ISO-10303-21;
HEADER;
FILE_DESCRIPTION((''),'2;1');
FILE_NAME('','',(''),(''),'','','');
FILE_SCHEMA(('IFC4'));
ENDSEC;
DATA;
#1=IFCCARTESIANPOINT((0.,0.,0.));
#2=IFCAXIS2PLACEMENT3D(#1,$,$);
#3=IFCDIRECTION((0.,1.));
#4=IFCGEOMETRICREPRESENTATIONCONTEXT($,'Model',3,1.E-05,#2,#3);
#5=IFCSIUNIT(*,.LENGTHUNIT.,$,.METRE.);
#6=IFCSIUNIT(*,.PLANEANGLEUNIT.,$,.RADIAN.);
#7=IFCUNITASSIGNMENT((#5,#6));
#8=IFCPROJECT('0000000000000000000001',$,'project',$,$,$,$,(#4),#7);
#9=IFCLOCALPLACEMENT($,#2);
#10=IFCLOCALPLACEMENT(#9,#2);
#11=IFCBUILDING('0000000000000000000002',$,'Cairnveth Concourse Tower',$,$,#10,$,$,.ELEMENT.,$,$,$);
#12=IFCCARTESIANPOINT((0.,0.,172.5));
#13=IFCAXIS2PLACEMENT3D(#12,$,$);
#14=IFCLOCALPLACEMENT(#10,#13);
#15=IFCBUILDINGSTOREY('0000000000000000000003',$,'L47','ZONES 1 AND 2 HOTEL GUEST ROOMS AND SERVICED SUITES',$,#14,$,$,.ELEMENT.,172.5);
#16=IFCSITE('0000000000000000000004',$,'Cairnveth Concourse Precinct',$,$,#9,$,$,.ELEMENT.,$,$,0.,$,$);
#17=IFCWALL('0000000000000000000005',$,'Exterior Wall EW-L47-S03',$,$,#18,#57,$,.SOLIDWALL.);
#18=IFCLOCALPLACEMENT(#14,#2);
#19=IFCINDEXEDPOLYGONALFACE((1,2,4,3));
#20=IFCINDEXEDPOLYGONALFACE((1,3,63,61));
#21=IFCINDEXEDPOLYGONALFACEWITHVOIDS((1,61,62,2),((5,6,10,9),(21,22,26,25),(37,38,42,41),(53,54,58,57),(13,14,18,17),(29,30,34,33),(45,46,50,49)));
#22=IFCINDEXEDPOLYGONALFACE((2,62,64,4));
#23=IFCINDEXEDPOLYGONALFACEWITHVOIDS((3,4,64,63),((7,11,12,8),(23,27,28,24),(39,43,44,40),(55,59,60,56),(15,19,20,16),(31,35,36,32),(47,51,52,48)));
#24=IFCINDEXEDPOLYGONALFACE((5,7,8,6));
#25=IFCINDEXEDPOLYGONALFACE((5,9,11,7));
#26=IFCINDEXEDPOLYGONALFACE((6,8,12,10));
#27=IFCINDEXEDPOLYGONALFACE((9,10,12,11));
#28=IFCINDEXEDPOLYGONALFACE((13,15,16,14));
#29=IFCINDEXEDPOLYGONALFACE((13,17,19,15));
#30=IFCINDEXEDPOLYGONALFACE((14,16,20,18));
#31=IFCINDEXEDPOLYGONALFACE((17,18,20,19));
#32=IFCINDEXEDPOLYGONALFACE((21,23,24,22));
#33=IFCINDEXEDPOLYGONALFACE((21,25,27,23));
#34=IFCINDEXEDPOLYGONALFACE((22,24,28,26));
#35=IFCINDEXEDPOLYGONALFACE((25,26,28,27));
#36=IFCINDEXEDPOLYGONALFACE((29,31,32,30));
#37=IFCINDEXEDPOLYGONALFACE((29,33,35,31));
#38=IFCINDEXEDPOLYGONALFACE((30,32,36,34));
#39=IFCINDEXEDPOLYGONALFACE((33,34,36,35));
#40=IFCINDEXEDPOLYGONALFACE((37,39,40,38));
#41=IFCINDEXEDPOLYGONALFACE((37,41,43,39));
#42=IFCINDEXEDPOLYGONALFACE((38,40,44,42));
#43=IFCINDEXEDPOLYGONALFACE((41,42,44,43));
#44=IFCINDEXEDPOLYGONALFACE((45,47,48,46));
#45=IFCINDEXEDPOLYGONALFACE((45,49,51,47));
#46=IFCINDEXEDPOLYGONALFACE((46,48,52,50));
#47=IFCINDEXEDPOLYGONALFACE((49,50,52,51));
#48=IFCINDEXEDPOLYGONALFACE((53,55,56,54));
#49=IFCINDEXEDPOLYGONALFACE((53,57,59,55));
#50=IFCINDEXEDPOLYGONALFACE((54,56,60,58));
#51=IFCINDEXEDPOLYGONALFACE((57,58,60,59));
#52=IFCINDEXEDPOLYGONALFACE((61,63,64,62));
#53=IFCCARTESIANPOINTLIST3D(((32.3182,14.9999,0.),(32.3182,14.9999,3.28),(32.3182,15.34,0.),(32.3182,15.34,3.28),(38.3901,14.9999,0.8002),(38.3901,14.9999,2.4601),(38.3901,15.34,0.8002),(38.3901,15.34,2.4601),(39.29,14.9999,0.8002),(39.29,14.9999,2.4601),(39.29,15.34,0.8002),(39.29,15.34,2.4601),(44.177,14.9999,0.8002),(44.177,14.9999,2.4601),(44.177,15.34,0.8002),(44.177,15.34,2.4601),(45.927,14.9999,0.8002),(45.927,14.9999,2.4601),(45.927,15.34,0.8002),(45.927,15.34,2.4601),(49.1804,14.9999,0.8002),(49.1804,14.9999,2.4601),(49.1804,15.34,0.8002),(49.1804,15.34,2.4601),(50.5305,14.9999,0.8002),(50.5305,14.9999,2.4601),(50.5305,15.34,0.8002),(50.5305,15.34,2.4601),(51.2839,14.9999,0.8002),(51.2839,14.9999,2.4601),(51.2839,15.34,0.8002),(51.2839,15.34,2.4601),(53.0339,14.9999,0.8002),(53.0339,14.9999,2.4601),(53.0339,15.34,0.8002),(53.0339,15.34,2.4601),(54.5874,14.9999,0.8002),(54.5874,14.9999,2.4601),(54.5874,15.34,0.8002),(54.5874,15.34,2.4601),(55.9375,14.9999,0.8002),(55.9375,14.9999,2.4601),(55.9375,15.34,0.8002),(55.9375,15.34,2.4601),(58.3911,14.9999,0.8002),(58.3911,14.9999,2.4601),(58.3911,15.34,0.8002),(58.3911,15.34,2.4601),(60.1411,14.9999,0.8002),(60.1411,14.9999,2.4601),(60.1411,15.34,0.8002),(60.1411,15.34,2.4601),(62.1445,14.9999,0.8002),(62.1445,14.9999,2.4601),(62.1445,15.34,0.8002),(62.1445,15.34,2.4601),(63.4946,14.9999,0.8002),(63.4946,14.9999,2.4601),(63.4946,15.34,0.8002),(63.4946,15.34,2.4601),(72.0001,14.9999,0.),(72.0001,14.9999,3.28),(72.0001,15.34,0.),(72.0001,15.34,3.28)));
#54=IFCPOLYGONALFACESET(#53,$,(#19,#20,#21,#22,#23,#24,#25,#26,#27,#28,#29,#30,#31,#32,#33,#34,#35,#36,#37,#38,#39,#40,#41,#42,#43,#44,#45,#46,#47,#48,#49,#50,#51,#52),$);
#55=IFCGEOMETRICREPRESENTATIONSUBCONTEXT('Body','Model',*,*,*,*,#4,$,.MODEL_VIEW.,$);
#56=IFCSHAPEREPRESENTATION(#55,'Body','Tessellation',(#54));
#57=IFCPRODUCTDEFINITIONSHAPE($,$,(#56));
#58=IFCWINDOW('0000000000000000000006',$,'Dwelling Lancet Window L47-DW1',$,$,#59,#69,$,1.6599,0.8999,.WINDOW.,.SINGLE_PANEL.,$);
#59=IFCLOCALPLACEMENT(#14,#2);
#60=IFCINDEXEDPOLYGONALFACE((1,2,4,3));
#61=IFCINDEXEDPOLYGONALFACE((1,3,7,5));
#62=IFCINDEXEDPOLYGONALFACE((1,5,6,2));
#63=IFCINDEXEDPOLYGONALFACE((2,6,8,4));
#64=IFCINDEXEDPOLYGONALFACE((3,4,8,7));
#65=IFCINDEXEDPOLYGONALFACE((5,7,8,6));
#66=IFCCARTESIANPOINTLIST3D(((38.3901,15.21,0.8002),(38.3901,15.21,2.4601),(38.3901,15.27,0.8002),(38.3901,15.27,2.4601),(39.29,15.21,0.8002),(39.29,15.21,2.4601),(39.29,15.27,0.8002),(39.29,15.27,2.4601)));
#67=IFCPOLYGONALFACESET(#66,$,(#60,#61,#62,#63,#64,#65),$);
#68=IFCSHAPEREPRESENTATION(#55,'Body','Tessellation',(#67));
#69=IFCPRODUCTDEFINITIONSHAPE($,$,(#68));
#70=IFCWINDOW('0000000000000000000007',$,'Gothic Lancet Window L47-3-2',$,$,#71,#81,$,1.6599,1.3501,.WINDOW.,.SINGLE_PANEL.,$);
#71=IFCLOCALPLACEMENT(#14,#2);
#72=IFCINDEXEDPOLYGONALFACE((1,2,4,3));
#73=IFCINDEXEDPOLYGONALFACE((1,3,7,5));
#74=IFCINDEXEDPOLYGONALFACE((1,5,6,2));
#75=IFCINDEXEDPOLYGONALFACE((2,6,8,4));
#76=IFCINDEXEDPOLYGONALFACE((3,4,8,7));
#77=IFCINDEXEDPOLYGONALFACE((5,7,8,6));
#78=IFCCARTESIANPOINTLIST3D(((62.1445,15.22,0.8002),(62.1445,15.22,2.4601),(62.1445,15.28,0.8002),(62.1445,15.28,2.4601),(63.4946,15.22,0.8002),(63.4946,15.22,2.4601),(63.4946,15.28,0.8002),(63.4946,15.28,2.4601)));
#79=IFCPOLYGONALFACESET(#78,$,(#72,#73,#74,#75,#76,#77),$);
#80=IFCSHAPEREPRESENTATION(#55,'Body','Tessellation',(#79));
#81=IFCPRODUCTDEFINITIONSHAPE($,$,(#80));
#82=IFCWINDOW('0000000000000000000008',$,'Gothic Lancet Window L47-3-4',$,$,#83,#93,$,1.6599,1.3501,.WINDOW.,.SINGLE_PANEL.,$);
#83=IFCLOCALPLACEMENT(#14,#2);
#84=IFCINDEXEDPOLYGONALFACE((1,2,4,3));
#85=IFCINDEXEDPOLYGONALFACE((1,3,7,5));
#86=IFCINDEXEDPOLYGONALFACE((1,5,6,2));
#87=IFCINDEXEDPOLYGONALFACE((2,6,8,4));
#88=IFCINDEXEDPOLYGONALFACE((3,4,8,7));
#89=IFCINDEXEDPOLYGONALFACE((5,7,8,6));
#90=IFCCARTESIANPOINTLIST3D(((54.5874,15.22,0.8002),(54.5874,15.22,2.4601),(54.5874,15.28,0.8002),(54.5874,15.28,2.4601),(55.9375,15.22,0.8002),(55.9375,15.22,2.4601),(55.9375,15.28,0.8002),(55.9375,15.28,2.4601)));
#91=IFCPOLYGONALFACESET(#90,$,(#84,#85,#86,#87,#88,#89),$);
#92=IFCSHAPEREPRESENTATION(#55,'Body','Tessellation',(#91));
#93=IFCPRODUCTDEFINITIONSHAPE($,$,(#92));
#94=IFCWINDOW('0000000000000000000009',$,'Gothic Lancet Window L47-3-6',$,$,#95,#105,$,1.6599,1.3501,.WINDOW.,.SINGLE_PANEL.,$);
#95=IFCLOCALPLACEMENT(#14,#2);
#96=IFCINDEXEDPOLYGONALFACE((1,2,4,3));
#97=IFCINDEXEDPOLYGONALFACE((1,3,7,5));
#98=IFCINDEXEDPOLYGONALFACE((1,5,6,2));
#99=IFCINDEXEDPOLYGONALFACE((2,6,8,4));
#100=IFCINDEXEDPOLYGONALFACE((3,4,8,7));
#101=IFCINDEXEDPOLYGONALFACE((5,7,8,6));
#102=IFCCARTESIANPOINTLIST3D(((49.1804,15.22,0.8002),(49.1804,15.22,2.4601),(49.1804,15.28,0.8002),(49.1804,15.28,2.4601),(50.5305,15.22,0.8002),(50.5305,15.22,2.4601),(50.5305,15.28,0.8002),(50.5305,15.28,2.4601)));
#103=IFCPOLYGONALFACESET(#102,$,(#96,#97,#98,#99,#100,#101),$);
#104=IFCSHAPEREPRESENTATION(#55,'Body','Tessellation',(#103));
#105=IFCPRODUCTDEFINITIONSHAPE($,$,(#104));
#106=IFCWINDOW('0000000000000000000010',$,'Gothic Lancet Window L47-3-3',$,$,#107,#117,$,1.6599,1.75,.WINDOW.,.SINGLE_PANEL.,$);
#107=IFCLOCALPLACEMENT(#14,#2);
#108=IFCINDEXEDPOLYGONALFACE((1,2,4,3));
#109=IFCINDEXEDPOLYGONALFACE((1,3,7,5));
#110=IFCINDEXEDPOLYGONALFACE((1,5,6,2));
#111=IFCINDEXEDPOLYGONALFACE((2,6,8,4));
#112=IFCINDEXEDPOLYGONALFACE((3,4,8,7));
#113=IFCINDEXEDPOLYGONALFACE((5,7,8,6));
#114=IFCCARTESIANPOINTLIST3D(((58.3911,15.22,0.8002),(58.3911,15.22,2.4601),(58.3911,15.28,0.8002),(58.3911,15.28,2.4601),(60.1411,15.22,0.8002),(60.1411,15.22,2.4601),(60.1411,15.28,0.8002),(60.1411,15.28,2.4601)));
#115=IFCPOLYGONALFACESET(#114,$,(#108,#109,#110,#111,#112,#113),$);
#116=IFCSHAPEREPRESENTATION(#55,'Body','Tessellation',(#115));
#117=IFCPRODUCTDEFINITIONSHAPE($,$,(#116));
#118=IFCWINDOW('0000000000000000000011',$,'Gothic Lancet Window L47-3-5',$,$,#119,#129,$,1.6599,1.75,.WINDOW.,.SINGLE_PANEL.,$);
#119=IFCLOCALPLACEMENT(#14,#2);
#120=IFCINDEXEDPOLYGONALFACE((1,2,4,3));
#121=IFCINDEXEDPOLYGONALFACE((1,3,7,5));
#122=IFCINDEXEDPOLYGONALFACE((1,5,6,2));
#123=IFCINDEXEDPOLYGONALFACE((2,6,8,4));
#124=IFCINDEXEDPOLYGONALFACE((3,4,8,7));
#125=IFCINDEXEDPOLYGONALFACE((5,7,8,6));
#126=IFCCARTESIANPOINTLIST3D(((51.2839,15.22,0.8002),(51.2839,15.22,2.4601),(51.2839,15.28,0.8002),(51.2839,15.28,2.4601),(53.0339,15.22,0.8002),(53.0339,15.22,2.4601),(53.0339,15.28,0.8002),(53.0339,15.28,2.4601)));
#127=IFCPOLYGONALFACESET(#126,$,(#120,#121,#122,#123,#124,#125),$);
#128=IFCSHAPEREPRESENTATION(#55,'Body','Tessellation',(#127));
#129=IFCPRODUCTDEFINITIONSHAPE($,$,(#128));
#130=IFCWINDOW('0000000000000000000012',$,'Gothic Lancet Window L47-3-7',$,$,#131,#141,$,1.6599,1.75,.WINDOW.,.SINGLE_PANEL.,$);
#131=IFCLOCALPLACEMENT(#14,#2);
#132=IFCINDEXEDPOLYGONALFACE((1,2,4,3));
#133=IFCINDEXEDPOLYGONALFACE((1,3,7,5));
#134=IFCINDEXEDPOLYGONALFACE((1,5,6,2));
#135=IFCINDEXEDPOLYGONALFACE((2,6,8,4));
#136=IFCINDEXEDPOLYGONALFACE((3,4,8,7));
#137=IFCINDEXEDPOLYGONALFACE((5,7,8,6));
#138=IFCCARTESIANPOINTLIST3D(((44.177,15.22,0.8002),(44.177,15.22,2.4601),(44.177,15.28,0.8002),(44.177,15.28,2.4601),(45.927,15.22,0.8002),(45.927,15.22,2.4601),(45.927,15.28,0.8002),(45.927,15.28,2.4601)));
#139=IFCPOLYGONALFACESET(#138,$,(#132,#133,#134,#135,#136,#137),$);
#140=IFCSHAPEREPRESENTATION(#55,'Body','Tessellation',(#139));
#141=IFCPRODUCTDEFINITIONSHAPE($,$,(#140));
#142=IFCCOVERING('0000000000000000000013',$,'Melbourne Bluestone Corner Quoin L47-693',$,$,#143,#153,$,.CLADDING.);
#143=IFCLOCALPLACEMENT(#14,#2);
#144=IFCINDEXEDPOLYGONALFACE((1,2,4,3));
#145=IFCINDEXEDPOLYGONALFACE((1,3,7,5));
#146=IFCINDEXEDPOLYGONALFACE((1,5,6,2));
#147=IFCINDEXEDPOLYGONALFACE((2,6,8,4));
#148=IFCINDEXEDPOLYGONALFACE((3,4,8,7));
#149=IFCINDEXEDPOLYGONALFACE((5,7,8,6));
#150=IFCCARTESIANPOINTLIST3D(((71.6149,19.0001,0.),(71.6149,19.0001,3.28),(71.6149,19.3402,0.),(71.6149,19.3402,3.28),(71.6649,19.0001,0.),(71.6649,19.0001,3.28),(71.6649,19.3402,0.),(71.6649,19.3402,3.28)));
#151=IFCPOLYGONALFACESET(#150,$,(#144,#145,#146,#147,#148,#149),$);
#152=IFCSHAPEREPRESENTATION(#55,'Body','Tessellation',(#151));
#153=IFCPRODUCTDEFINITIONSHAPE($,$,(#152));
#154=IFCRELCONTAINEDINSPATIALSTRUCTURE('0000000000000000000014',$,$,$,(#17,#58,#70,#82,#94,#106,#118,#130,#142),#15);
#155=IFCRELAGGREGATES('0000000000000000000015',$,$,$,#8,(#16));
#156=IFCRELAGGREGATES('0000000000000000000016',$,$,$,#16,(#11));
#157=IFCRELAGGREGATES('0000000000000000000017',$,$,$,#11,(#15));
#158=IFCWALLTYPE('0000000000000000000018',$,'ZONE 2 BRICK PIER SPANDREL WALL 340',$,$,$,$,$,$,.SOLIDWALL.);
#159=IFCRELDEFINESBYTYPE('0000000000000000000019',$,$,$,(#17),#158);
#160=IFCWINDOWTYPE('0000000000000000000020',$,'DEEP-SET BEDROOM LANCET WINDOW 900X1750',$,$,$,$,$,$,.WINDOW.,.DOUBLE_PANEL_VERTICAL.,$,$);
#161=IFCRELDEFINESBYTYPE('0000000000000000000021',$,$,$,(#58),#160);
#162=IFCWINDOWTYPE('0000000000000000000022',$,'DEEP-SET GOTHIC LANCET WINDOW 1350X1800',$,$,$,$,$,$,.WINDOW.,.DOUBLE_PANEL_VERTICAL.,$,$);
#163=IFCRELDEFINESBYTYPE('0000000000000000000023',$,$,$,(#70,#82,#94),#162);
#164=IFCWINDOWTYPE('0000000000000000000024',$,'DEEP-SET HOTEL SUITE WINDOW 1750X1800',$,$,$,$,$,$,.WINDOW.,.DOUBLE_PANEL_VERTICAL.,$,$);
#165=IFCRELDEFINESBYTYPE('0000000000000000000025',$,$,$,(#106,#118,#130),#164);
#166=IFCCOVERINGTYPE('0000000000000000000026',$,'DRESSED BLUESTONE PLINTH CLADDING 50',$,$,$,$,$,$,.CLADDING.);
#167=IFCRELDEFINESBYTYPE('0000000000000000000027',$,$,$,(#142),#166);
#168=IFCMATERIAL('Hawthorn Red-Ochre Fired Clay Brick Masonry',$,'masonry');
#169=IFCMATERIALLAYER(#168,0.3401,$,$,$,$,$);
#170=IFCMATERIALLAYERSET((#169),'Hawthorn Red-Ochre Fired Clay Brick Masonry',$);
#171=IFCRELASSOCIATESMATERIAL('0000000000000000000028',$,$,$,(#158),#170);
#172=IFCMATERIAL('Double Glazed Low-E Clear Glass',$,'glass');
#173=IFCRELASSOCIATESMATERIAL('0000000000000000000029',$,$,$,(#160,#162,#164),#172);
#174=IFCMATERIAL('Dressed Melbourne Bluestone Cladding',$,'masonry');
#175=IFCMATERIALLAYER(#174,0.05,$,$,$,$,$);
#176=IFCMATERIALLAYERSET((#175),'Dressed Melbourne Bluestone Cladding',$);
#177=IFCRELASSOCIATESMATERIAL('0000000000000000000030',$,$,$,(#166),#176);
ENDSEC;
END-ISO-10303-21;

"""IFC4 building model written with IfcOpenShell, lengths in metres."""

from ifc_helpers import new_model, si_unit, direction, frame, frame_2d, origin, place, context, subcontext, project, spatial, rectangle, extrude, material, layer, layer_set, type_object, element, fill, save


model = new_model("IFC4")

# Units and contexts
model_context = context("Model", 3, precision=1e-05, world=origin(), true_north=direction((0.0, 1.0)))
body_context = subcontext(model_context, "Body", "Model", "MODEL_VIEW")
ifc_project = project(units=[si_unit("LENGTHUNIT", "METRE"), si_unit("PLANEANGLEUNIT", "RADIAN")], contexts=[model_context])

# Site, building, storey
site_placement = place(None, origin())
site = spatial("IfcSite", under=ifc_project, at=site_placement, Name="Cairnveth Concourse Precinct", CompositionType="ELEMENT", RefElevation=0.0)
building_placement = place(site_placement, origin())
building = spatial("IfcBuilding", under=site, at=building_placement, Name="Cairnveth Concourse Tower", CompositionType="ELEMENT")
storey_placement = place(building_placement, frame((0.0, 0.0, 172.5)))
storey = spatial("IfcBuildingStorey", under=building, at=storey_placement, Name="L47", Description="ZONES 1 AND 2 HOTEL GUEST ROOMS AND SERVICED SUITES", CompositionType="ELEMENT", Elevation=172.5)

# Shared definitions
ifc_material_1 = material(Name="Hawthorn Red-Ochre Fired Clay Brick Masonry", Category="masonry")
ifc_layer_1 = layer(ifc_material_1, 0.3401)
ifc_layer_set_1 = layer_set([ifc_layer_1], Name="Hawthorn Red-Ochre Fired Clay Brick Masonry")
wall_type = type_object("IfcWallType", Name="ZONE 2 BRICK PIER SPANDREL WALL 340", PredefinedType="SOLIDWALL", material=ifc_layer_set_1)

# Wall, openings, windows
wall_1_placement = place(storey_placement, frame((72.0, 15.1699, 0.0), z_axis=(0.0, 0.0, 1.0), x_axis=(-1.0, 0.0, 0.0)))
wall_1 = element("IfcWall", 1, at=wall_1_placement, inside=storey, type_object=wall_type, Name="Exterior Wall EW-L47-S03", PredefinedType="SOLIDWALL", context=body_context, shape_type="SweptSolid", body=[
    extrude(rectangle(XDim=39.6819, YDim=0.3401, at=frame_2d((19.8408, 0.0))), origin(), (0.0, 0.0, 1.0), 3.28),
])
opening_1_placement = place(wall_1_placement, frame((8.5054, 0.0, 0.8)))
opening_1 = element("IfcOpeningElement", 2, at=opening_1_placement, cuts=wall_1, PredefinedType="OPENING", context=body_context, shape_type="SweptSolid", body=[
    extrude(rectangle(XDim=1.3501, YDim=1.6599, at=frame_2d((0.675, 0.8301))), frame((0.0, 0.1799, 0.0), z_axis=(0.0, -1.0, 0.0), x_axis=(1.0, 0.0, 0.0)), (0.0, 0.0, 1.0), 0.3601),
])
opening_2_placement = place(wall_1_placement, frame((11.8589, 0.0, 0.8)))
opening_2 = element("IfcOpeningElement", 3, at=opening_2_placement, cuts=wall_1, PredefinedType="OPENING", context=body_context, shape_type="SweptSolid", body=[
    extrude(rectangle(XDim=1.75, YDim=1.6599, at=frame_2d((0.875, 0.8301))), frame((0.0, 0.1799, 0.0), z_axis=(0.0, -1.0, 0.0), x_axis=(1.0, 0.0, 0.0)), (0.0, 0.0, 1.0), 0.3601),
])
opening_3_placement = place(wall_1_placement, frame((16.0625, 0.0, 0.8)))
opening_3 = element("IfcOpeningElement", 4, at=opening_3_placement, cuts=wall_1, PredefinedType="OPENING", context=body_context, shape_type="SweptSolid", body=[
    extrude(rectangle(XDim=1.3501, YDim=1.6599, at=frame_2d((0.675, 0.8301))), frame((0.0, 0.1799, 0.0), z_axis=(0.0, -1.0, 0.0), x_axis=(1.0, 0.0, 0.0)), (0.0, 0.0, 1.0), 0.3601),
])
opening_4_placement = place(wall_1_placement, frame((18.9661, 0.0, 0.8)))
opening_4 = element("IfcOpeningElement", 5, at=opening_4_placement, cuts=wall_1, PredefinedType="OPENING", context=body_context, shape_type="SweptSolid", body=[
    extrude(rectangle(XDim=1.75, YDim=1.6599, at=frame_2d((0.875, 0.8301))), frame((0.0, 0.1799, 0.0), z_axis=(0.0, -1.0, 0.0), x_axis=(1.0, 0.0, 0.0)), (0.0, 0.0, 1.0), 0.3601),
])
opening_5_placement = place(wall_1_placement, frame((21.4695, 0.0, 0.8)))
opening_5 = element("IfcOpeningElement", 6, at=opening_5_placement, cuts=wall_1, PredefinedType="OPENING", context=body_context, shape_type="SweptSolid", body=[
    extrude(rectangle(XDim=1.3501, YDim=1.6599, at=frame_2d((0.675, 0.8301))), frame((0.0, 0.1799, 0.0), z_axis=(0.0, -1.0, 0.0), x_axis=(1.0, 0.0, 0.0)), (0.0, 0.0, 1.0), 0.3601),
])
opening_6_placement = place(wall_1_placement, frame((26.073, 0.0, 0.8)))
opening_6 = element("IfcOpeningElement", 7, at=opening_6_placement, cuts=wall_1, PredefinedType="OPENING", context=body_context, shape_type="SweptSolid", body=[
    extrude(rectangle(XDim=1.75, YDim=1.6599, at=frame_2d((0.875, 0.8301))), frame((0.0, 0.1799, 0.0), z_axis=(0.0, -1.0, 0.0), x_axis=(1.0, 0.0, 0.0)), (0.0, 0.0, 1.0), 0.3601),
])
opening_7_placement = place(wall_1_placement, frame((32.71, 0.0, 0.8)))
opening_7 = element("IfcOpeningElement", 8, at=opening_7_placement, cuts=wall_1, PredefinedType="OPENING", context=body_context, shape_type="SweptSolid", body=[
    extrude(rectangle(XDim=0.8999, YDim=1.6599, at=frame_2d((0.45, 0.8301))), frame((0.0, 0.1799, 0.0), z_axis=(0.0, -1.0, 0.0), x_axis=(1.0, 0.0, 0.0)), (0.0, 0.0, 1.0), 0.3601),
])
ifc_material_2 = material(Name="Double Glazed Low-E Clear Glass", Category="glass")
window_type_1 = type_object("IfcWindowType", Name="DEEP-SET BEDROOM LANCET WINDOW 900X1750", PartitioningType="DOUBLE_PANEL_VERTICAL", PredefinedType="WINDOW", material=ifc_material_2)
window_1_placement = place(opening_7_placement, origin())
window_1 = element("IfcWindow", 9, at=window_1_placement, inside=storey, type_object=window_type_1, Name="Dwelling Lancet Window L47-DW1", OverallHeight=1.6599, OverallWidth=0.8999, PartitioningType="SINGLE_PANEL", PredefinedType="WINDOW", context=body_context, shape_type="SweptSolid", body=[
    extrude(rectangle(XDim=0.8999, YDim=1.6599, at=frame_2d((0.45, 0.8301))), frame((0.0, -0.04, 0.0), z_axis=(0.0, -1.0, 0.0), x_axis=(1.0, 0.0, 0.0)), (0.0, 0.0, 1.0), 0.0601),
])
fill(opening_7, window_1)
window_type_2 = type_object("IfcWindowType", Name="DEEP-SET GOTHIC LANCET WINDOW 1350X1800", PartitioningType="DOUBLE_PANEL_VERTICAL", PredefinedType="WINDOW", material=ifc_material_2)
window_2_placement = place(opening_1_placement, origin())
window_2 = element("IfcWindow", 10, at=window_2_placement, inside=storey, type_object=window_type_2, Name="Gothic Lancet Window L47-3-2", OverallHeight=1.6599, OverallWidth=1.3501, PartitioningType="SINGLE_PANEL", PredefinedType="WINDOW", context=body_context, shape_type="SweptSolid", body=[
    extrude(rectangle(XDim=1.3501, YDim=1.6599, at=frame_2d((0.675, 0.8301))), frame((0.0, -0.05, 0.0), z_axis=(0.0, -1.0, 0.0), x_axis=(1.0, 0.0, 0.0)), (0.0, 0.0, 1.0), 0.0601),
])
fill(opening_1, window_2)
window_3_placement = place(opening_3_placement, origin())
window_3 = element("IfcWindow", 11, at=window_3_placement, inside=storey, type_object=window_type_2, Name="Gothic Lancet Window L47-3-4", OverallHeight=1.6599, OverallWidth=1.3501, PartitioningType="SINGLE_PANEL", PredefinedType="WINDOW", context=body_context, shape_type="SweptSolid", body=[
    extrude(rectangle(XDim=1.3501, YDim=1.6599, at=frame_2d((0.675, 0.8301))), frame((0.0, -0.05, 0.0), z_axis=(0.0, -1.0, 0.0), x_axis=(1.0, 0.0, 0.0)), (0.0, 0.0, 1.0), 0.0601),
])
fill(opening_3, window_3)
window_4_placement = place(opening_5_placement, origin())
window_4 = element("IfcWindow", 12, at=window_4_placement, inside=storey, type_object=window_type_2, Name="Gothic Lancet Window L47-3-6", OverallHeight=1.6599, OverallWidth=1.3501, PartitioningType="SINGLE_PANEL", PredefinedType="WINDOW", context=body_context, shape_type="SweptSolid", body=[
    extrude(rectangle(XDim=1.3501, YDim=1.6599, at=frame_2d((0.675, 0.8301))), frame((0.0, -0.05, 0.0), z_axis=(0.0, -1.0, 0.0), x_axis=(1.0, 0.0, 0.0)), (0.0, 0.0, 1.0), 0.0601),
])
fill(opening_5, window_4)
window_type_3 = type_object("IfcWindowType", Name="DEEP-SET HOTEL SUITE WINDOW 1750X1800", PartitioningType="DOUBLE_PANEL_VERTICAL", PredefinedType="WINDOW", material=ifc_material_2)
window_5_placement = place(opening_2_placement, origin())
window_5 = element("IfcWindow", 13, at=window_5_placement, inside=storey, type_object=window_type_3, Name="Gothic Lancet Window L47-3-3", OverallHeight=1.6599, OverallWidth=1.75, PartitioningType="SINGLE_PANEL", PredefinedType="WINDOW", context=body_context, shape_type="SweptSolid", body=[
    extrude(rectangle(XDim=1.75, YDim=1.6599, at=frame_2d((0.875, 0.8301))), frame((0.0, -0.05, 0.0), z_axis=(0.0, -1.0, 0.0), x_axis=(1.0, 0.0, 0.0)), (0.0, 0.0, 1.0), 0.0601),
])
fill(opening_2, window_5)
window_6_placement = place(opening_4_placement, origin())
window_6 = element("IfcWindow", 14, at=window_6_placement, inside=storey, type_object=window_type_3, Name="Gothic Lancet Window L47-3-5", OverallHeight=1.6599, OverallWidth=1.75, PartitioningType="SINGLE_PANEL", PredefinedType="WINDOW", context=body_context, shape_type="SweptSolid", body=[
    extrude(rectangle(XDim=1.75, YDim=1.6599, at=frame_2d((0.875, 0.8301))), frame((0.0, -0.05, 0.0), z_axis=(0.0, -1.0, 0.0), x_axis=(1.0, 0.0, 0.0)), (0.0, 0.0, 1.0), 0.0601),
])
fill(opening_4, window_6)
window_7_placement = place(opening_6_placement, origin())
window_7 = element("IfcWindow", 15, at=window_7_placement, inside=storey, type_object=window_type_3, Name="Gothic Lancet Window L47-3-7", OverallHeight=1.6599, OverallWidth=1.75, PartitioningType="SINGLE_PANEL", PredefinedType="WINDOW", context=body_context, shape_type="SweptSolid", body=[
    extrude(rectangle(XDim=1.75, YDim=1.6599, at=frame_2d((0.875, 0.8301))), frame((0.0, -0.05, 0.0), z_axis=(0.0, -1.0, 0.0), x_axis=(1.0, 0.0, 0.0)), (0.0, 0.0, 1.0), 0.0601),
])
fill(opening_6, window_7)

# Covering
ifc_material_3 = material(Name="Dressed Melbourne Bluestone Cladding", Category="masonry")
ifc_layer_2 = layer(ifc_material_3, 0.05)
ifc_layer_set_2 = layer_set([ifc_layer_2], Name="Dressed Melbourne Bluestone Cladding")
covering_type = type_object("IfcCoveringType", Name="DRESSED BLUESTONE PLINTH CLADDING 50", PredefinedType="CLADDING", material=ifc_layer_set_2)
for number, where, z_axis, x_axis, name in (
    (16, (71.6399, 19.3401, 0.0), (0.0, 0.0, 1.0), (0.0, -1.0, 0.0), "Melbourne Bluestone Corner Quoin L47-693"),
):
    element("IfcCovering", number, at=place(storey_placement, frame(where, z_axis=z_axis, x_axis=x_axis)), inside=storey, type_object=covering_type, Name=name, PredefinedType="CLADDING", context=body_context, shape_type="SweptSolid", body=[
        extrude(rectangle(XDim=0.3401, YDim=0.05, at=frame_2d((0.1699, 0.0))), origin(), (0.0, 0.0, 1.0), 3.28),
    ])

save(model, "model.ifc")
